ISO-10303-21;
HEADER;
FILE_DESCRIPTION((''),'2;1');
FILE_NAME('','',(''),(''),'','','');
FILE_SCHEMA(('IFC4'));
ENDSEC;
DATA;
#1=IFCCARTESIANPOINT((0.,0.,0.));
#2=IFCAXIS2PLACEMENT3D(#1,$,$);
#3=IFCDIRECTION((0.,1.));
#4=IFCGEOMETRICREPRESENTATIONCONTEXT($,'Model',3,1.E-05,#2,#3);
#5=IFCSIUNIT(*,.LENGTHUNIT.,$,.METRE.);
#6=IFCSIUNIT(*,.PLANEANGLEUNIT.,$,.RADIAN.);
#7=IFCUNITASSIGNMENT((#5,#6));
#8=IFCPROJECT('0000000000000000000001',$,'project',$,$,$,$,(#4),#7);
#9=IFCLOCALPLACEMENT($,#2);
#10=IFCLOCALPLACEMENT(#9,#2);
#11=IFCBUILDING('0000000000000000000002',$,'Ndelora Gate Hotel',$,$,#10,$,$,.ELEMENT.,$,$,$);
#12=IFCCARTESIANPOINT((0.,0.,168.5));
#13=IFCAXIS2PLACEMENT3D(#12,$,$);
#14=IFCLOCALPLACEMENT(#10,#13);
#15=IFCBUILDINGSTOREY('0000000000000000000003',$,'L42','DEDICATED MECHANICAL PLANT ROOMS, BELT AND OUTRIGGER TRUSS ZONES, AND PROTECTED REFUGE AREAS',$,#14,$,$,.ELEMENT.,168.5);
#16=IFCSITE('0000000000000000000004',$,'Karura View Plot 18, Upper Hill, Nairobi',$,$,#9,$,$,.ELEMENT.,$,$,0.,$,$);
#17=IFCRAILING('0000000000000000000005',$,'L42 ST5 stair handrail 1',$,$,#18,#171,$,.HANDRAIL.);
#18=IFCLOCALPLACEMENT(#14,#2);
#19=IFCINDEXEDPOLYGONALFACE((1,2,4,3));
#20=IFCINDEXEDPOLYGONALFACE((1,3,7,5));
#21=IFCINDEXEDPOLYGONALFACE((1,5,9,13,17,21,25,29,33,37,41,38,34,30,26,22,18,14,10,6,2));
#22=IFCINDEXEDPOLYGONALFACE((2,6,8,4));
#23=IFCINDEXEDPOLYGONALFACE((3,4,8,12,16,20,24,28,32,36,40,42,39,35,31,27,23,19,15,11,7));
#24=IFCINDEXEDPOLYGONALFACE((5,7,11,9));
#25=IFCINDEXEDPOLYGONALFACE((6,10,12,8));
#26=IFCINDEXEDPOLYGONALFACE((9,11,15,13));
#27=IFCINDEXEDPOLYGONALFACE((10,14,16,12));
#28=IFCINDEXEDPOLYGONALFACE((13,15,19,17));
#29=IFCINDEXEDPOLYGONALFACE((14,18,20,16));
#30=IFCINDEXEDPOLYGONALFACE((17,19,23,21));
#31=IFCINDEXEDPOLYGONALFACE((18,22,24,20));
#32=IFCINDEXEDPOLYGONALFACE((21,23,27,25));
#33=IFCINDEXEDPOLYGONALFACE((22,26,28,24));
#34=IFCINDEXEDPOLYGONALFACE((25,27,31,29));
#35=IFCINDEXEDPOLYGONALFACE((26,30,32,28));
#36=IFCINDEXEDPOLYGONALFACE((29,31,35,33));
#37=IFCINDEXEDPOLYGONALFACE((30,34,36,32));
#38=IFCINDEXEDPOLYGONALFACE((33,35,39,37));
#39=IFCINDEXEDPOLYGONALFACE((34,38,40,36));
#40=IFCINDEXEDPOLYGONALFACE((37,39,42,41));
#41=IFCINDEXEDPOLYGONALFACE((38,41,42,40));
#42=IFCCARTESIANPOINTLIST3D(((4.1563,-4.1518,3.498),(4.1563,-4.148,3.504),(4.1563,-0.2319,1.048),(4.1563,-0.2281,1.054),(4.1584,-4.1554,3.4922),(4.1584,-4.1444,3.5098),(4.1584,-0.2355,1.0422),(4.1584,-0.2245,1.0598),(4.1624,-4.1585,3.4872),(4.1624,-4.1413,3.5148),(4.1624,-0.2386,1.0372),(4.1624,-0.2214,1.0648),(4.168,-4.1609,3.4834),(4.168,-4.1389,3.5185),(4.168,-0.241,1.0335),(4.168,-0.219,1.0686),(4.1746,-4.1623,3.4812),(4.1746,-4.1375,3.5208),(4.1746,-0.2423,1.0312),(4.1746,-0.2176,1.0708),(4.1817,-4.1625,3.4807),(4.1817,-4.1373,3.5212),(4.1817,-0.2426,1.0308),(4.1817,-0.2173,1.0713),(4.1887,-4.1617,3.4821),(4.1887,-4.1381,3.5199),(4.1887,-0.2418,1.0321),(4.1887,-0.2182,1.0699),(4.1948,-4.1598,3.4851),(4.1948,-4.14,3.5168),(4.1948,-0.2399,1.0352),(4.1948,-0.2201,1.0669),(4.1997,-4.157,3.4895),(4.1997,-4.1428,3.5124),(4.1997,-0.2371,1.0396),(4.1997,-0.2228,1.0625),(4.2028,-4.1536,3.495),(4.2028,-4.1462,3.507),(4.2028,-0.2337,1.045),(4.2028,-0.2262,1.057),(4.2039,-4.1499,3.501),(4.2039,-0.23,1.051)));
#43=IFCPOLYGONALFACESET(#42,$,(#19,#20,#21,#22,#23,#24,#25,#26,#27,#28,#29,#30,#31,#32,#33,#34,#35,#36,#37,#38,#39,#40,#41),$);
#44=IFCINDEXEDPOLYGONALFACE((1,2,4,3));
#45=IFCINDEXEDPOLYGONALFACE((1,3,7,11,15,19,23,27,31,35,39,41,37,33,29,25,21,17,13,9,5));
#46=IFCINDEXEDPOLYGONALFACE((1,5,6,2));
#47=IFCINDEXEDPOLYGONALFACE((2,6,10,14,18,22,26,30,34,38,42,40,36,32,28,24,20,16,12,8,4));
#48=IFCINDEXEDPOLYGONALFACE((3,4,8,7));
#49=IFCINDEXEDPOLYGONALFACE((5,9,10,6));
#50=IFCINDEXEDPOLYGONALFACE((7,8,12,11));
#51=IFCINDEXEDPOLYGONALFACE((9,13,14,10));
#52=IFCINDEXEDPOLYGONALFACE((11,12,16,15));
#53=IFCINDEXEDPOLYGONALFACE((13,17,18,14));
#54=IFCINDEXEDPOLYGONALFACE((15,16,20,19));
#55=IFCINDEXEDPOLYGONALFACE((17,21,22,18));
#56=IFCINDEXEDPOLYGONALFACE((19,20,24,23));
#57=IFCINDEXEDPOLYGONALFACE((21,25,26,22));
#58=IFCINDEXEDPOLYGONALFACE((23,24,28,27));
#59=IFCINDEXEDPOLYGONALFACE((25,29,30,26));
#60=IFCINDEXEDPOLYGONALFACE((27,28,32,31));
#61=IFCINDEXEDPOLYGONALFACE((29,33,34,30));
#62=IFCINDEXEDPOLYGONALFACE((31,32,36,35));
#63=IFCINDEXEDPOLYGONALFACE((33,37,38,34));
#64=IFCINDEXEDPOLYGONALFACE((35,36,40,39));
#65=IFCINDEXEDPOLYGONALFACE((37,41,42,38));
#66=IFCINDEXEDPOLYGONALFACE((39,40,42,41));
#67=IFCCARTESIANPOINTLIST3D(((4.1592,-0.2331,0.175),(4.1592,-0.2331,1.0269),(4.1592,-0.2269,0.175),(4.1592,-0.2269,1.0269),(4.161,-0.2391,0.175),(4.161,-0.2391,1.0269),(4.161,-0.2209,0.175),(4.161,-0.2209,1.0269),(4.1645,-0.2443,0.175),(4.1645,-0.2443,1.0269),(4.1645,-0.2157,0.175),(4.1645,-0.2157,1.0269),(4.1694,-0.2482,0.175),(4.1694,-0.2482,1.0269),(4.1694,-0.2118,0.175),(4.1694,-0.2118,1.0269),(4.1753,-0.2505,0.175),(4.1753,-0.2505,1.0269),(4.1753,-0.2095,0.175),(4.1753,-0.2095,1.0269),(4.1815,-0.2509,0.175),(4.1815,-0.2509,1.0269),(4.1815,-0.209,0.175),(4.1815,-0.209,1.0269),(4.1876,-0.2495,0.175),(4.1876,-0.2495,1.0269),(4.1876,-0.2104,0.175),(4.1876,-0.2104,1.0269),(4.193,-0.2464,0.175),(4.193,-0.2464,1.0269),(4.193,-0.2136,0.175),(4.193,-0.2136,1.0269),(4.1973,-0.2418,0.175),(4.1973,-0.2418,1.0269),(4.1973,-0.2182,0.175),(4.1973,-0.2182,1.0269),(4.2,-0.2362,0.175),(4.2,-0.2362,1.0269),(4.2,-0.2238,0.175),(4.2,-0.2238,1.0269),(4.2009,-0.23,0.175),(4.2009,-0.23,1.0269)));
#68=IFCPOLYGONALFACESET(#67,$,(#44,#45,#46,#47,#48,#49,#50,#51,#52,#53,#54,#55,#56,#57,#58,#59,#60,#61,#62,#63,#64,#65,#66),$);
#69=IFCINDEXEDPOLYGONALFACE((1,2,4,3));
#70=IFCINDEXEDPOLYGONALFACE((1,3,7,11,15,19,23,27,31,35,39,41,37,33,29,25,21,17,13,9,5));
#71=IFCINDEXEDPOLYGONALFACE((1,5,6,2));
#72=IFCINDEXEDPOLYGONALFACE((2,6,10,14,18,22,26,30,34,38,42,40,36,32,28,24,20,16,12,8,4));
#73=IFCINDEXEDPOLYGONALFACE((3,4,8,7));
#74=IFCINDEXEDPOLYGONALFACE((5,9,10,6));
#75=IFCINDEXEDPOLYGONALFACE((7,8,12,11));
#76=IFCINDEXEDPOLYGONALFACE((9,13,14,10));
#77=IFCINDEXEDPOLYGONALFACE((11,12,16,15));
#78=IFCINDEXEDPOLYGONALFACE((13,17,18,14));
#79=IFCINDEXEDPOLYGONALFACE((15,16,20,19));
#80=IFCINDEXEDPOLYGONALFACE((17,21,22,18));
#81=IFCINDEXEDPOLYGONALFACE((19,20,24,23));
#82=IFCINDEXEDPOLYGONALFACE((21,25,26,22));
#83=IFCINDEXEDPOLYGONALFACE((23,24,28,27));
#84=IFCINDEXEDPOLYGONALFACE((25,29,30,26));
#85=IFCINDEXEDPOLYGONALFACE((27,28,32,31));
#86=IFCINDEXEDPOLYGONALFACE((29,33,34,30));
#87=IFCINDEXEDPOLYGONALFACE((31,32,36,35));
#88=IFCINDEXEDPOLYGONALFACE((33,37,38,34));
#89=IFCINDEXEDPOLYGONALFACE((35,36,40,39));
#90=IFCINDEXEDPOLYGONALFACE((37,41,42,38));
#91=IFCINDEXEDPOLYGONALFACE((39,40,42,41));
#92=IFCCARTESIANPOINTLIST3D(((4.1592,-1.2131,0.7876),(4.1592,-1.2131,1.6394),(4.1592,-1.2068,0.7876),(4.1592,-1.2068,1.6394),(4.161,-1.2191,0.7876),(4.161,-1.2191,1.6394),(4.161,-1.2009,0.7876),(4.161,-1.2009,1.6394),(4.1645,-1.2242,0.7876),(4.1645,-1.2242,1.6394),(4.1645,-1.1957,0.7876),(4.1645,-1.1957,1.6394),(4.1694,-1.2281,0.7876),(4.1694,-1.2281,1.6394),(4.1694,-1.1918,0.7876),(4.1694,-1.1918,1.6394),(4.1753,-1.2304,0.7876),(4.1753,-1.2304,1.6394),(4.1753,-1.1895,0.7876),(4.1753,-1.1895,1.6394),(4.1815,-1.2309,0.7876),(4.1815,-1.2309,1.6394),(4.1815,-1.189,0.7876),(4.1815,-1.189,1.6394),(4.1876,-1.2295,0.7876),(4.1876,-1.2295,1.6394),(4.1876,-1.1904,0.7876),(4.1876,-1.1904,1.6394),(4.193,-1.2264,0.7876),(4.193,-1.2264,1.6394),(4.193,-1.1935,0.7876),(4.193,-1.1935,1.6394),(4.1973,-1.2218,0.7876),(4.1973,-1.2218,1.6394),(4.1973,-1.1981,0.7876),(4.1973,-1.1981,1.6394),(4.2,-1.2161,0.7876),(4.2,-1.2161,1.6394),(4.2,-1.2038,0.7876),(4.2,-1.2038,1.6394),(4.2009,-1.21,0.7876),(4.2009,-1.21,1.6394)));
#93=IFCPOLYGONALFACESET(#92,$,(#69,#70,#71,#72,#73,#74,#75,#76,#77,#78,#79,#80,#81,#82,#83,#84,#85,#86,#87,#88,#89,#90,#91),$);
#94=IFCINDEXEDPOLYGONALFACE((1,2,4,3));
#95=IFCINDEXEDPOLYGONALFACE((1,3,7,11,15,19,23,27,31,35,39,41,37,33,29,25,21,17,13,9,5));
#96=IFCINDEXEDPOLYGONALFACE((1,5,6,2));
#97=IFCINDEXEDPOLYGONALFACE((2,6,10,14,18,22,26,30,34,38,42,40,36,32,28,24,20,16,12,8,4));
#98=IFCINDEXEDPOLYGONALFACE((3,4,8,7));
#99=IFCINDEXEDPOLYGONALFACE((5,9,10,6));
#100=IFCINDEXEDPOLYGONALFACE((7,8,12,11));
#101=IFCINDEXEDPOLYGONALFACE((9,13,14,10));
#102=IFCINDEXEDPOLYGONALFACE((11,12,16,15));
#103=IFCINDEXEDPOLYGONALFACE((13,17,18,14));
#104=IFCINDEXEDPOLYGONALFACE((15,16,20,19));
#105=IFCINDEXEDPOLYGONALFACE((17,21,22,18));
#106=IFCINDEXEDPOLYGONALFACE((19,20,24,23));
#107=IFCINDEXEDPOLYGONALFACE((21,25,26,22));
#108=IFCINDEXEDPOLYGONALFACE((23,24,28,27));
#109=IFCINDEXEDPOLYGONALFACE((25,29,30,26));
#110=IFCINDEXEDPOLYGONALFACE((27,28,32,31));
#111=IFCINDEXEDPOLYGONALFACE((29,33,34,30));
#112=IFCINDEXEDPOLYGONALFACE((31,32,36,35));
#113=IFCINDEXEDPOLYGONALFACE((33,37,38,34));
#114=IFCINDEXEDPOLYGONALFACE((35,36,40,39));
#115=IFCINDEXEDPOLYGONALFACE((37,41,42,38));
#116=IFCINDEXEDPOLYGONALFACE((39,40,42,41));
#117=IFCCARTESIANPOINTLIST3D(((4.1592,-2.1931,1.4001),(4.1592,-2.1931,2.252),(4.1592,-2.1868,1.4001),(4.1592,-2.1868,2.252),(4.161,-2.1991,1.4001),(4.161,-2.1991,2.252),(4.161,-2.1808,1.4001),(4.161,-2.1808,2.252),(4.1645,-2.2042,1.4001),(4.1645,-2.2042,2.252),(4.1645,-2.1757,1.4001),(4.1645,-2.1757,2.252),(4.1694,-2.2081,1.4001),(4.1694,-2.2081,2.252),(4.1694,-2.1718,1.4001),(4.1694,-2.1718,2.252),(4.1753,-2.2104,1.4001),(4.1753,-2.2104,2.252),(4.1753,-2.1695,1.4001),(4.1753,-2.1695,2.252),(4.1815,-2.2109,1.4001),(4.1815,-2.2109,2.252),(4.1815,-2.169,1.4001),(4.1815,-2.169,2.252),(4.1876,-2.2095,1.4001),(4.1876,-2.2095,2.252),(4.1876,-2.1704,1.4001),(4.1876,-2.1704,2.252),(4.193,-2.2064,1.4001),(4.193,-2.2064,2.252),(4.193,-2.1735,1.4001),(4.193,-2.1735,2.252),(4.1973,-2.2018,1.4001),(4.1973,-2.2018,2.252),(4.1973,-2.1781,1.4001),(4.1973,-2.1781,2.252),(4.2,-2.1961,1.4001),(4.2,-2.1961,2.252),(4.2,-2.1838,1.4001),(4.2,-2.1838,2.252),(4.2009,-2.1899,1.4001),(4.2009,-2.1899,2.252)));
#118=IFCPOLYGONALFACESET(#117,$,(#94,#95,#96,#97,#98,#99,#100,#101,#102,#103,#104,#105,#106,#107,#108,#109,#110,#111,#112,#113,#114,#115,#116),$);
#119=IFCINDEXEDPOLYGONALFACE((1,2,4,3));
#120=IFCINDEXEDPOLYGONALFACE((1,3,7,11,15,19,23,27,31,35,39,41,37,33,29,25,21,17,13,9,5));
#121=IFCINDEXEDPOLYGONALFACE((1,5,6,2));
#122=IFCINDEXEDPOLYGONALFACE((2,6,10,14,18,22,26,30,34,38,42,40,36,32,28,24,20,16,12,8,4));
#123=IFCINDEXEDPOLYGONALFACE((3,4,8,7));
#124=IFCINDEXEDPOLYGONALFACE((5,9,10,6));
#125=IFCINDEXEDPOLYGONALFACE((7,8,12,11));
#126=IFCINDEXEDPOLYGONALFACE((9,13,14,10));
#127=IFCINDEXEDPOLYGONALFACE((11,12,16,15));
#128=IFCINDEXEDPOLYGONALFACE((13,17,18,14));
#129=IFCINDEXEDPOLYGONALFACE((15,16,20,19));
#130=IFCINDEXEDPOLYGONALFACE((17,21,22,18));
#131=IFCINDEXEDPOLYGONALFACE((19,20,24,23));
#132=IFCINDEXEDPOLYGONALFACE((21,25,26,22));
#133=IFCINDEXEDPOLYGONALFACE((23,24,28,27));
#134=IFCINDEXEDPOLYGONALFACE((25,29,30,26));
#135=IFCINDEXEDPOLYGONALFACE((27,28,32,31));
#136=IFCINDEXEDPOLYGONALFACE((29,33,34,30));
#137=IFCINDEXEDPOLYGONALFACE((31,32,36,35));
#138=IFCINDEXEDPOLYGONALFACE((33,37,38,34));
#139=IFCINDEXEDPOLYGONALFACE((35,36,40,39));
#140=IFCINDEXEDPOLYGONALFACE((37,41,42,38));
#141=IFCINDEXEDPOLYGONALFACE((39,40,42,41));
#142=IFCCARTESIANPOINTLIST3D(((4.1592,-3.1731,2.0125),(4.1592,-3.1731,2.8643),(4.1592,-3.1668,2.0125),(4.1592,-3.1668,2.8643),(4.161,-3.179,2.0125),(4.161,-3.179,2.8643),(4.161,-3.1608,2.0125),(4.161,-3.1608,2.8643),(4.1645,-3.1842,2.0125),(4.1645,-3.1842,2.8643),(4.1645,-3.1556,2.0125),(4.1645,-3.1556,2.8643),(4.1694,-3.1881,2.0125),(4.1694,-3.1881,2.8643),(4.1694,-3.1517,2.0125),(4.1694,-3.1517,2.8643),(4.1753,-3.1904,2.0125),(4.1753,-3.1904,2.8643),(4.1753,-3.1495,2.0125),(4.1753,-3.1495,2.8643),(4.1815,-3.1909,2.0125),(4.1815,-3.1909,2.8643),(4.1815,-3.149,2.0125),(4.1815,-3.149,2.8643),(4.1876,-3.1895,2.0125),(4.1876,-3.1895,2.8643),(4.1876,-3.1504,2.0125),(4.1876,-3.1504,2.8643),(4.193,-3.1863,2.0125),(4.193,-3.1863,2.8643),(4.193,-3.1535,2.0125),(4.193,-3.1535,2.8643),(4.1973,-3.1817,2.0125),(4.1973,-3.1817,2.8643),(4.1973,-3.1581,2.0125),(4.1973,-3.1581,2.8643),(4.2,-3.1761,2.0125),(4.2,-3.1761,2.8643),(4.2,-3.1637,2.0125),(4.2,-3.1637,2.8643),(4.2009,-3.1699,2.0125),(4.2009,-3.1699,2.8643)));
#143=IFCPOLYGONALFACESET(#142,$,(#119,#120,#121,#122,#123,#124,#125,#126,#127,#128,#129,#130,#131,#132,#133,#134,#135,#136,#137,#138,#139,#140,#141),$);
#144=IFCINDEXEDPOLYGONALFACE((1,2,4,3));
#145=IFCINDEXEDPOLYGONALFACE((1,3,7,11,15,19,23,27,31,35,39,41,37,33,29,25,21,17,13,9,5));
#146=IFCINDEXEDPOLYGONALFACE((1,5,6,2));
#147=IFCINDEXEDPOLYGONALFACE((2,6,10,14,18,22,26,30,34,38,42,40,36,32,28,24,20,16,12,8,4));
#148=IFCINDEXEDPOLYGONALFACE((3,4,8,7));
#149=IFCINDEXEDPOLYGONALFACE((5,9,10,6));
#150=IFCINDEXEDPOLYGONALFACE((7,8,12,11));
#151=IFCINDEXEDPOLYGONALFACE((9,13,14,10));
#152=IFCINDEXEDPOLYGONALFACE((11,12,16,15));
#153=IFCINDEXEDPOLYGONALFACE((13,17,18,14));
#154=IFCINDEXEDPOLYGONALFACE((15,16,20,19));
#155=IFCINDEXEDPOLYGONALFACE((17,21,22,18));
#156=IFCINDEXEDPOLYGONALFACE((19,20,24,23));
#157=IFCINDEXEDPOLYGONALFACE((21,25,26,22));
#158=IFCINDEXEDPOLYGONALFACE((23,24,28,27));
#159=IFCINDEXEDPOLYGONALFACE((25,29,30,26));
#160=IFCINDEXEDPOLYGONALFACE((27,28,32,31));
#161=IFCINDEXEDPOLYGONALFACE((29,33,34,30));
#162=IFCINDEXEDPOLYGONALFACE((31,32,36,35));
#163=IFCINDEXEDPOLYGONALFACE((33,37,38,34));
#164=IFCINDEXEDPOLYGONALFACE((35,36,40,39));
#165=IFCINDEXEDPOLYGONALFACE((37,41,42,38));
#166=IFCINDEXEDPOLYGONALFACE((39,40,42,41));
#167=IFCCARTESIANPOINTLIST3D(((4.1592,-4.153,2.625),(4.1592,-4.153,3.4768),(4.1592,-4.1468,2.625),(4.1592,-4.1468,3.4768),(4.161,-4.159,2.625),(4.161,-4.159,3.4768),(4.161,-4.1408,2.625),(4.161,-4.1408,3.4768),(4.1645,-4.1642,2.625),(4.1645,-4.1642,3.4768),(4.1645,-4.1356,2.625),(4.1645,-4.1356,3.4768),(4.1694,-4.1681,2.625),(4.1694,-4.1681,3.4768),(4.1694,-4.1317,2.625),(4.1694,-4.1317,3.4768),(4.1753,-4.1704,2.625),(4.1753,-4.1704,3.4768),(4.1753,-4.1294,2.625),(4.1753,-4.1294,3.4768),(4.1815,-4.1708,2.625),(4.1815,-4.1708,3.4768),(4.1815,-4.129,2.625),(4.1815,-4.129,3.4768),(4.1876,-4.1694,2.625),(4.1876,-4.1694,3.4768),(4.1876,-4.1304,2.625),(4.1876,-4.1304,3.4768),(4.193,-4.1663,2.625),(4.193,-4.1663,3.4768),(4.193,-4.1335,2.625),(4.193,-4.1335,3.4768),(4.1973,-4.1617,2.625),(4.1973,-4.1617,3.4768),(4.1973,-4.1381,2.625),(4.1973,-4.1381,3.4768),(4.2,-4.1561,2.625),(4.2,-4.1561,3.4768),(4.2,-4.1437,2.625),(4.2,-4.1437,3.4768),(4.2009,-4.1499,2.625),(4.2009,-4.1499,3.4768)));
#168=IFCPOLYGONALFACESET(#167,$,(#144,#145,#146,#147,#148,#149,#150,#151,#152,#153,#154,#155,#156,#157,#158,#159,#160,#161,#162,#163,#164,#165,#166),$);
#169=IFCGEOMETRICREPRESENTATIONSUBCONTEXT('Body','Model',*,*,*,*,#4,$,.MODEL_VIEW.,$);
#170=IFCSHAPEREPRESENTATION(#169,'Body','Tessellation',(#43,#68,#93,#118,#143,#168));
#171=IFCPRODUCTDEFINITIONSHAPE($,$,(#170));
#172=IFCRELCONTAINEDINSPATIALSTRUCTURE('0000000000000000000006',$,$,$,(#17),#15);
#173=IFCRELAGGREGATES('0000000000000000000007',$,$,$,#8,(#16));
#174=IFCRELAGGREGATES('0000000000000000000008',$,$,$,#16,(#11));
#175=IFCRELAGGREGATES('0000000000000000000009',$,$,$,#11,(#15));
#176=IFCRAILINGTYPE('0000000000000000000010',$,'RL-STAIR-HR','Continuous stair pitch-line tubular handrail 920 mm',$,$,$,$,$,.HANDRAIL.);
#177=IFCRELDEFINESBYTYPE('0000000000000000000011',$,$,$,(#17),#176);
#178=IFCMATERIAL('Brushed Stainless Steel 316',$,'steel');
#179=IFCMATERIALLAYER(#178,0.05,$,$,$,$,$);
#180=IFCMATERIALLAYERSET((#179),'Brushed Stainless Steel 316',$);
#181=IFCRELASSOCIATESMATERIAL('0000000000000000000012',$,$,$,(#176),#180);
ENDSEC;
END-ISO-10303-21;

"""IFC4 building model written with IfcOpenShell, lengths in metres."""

from ifc_helpers import new_model, si_unit, direction, frame, origin, origin_2d, place, context, subcontext, project, spatial, circle, extrude, material, layer, layer_set, type_object, element, save


model = new_model("IFC4")

# Units and contexts
model_context = context("Model", 3, precision=1e-05, world=origin(), true_north=direction((0.0, 1.0)))
body_context = subcontext(model_context, "Body", "Model", "MODEL_VIEW")
ifc_project = project(units=[si_unit("LENGTHUNIT", "METRE"), si_unit("PLANEANGLEUNIT", "RADIAN")], contexts=[model_context])

# Site, building, storey
site_placement = place(None, origin())
site = spatial("IfcSite", under=ifc_project, at=site_placement, Name="Karura View Plot 18, Upper Hill, Nairobi", CompositionType="ELEMENT", RefElevation=0.0)
building_placement = place(site_placement, origin())
building = spatial("IfcBuilding", under=site, at=building_placement, Name="Ndelora Gate Hotel", CompositionType="ELEMENT")
storey_placement = place(building_placement, frame((0.0, 0.0, 168.5)))
storey = spatial("IfcBuildingStorey", under=building, at=storey_placement, Name="L42", Description="DEDICATED MECHANICAL PLANT ROOMS, BELT AND OUTRIGGER TRUSS ZONES, AND PROTECTED REFUGE AREAS", CompositionType="ELEMENT", Elevation=168.5)

# Railing
ifc_material_1 = material(Name="Brushed Stainless Steel 316", Category="steel")
ifc_layer_1 = layer(ifc_material_1, 0.05)
ifc_layer_set_1 = layer_set([ifc_layer_1], Name="Brushed Stainless Steel 316")
railing_type_1 = type_object("IfcRailingType", Name="RL-STAIR-HR", Description="Continuous stair pitch-line tubular handrail 920 mm", PredefinedType="HANDRAIL", material=ifc_layer_set_1)
railing_1_placement = place(storey_placement, frame((4.1799, -0.23, 0.175)))
element("IfcRailing", 1, at=railing_1_placement, inside=storey, type_object=railing_type_1, Name="L42 ST5 stair handrail 1", PredefinedType="HANDRAIL", context=body_context, shape_type="SweptSolid", body=[
    extrude(circle(Radius=0.0239, at=origin_2d()), frame((0.0, 0.0, 0.876), z_axis=(0.0, -0.847998, 0.529999), x_axis=(1.0, 0.0, 0.0)), (0.0, 0.0, 1.0), 4.6226),
    extrude(circle(Radius=0.021, at=origin_2d()), origin(), (0.0, 0.0, 1.0), 0.8518),
    extrude(circle(Radius=0.021, at=origin_2d()), frame((0.0, -0.98, 0.6125)), (0.0, 0.0, 1.0), 0.8518),
    extrude(circle(Radius=0.021, at=origin_2d()), frame((0.0, -1.96, 1.2251)), (0.0, 0.0, 1.0), 0.8518),
    extrude(circle(Radius=0.021, at=origin_2d()), frame((0.0, -2.9399, 1.8374)), (0.0, 0.0, 1.0), 0.8518),
    extrude(circle(Radius=0.021, at=origin_2d()), frame((0.0, -3.9199, 2.45)), (0.0, 0.0, 1.0), 0.8518),
])

save(model, "model.ifc")
